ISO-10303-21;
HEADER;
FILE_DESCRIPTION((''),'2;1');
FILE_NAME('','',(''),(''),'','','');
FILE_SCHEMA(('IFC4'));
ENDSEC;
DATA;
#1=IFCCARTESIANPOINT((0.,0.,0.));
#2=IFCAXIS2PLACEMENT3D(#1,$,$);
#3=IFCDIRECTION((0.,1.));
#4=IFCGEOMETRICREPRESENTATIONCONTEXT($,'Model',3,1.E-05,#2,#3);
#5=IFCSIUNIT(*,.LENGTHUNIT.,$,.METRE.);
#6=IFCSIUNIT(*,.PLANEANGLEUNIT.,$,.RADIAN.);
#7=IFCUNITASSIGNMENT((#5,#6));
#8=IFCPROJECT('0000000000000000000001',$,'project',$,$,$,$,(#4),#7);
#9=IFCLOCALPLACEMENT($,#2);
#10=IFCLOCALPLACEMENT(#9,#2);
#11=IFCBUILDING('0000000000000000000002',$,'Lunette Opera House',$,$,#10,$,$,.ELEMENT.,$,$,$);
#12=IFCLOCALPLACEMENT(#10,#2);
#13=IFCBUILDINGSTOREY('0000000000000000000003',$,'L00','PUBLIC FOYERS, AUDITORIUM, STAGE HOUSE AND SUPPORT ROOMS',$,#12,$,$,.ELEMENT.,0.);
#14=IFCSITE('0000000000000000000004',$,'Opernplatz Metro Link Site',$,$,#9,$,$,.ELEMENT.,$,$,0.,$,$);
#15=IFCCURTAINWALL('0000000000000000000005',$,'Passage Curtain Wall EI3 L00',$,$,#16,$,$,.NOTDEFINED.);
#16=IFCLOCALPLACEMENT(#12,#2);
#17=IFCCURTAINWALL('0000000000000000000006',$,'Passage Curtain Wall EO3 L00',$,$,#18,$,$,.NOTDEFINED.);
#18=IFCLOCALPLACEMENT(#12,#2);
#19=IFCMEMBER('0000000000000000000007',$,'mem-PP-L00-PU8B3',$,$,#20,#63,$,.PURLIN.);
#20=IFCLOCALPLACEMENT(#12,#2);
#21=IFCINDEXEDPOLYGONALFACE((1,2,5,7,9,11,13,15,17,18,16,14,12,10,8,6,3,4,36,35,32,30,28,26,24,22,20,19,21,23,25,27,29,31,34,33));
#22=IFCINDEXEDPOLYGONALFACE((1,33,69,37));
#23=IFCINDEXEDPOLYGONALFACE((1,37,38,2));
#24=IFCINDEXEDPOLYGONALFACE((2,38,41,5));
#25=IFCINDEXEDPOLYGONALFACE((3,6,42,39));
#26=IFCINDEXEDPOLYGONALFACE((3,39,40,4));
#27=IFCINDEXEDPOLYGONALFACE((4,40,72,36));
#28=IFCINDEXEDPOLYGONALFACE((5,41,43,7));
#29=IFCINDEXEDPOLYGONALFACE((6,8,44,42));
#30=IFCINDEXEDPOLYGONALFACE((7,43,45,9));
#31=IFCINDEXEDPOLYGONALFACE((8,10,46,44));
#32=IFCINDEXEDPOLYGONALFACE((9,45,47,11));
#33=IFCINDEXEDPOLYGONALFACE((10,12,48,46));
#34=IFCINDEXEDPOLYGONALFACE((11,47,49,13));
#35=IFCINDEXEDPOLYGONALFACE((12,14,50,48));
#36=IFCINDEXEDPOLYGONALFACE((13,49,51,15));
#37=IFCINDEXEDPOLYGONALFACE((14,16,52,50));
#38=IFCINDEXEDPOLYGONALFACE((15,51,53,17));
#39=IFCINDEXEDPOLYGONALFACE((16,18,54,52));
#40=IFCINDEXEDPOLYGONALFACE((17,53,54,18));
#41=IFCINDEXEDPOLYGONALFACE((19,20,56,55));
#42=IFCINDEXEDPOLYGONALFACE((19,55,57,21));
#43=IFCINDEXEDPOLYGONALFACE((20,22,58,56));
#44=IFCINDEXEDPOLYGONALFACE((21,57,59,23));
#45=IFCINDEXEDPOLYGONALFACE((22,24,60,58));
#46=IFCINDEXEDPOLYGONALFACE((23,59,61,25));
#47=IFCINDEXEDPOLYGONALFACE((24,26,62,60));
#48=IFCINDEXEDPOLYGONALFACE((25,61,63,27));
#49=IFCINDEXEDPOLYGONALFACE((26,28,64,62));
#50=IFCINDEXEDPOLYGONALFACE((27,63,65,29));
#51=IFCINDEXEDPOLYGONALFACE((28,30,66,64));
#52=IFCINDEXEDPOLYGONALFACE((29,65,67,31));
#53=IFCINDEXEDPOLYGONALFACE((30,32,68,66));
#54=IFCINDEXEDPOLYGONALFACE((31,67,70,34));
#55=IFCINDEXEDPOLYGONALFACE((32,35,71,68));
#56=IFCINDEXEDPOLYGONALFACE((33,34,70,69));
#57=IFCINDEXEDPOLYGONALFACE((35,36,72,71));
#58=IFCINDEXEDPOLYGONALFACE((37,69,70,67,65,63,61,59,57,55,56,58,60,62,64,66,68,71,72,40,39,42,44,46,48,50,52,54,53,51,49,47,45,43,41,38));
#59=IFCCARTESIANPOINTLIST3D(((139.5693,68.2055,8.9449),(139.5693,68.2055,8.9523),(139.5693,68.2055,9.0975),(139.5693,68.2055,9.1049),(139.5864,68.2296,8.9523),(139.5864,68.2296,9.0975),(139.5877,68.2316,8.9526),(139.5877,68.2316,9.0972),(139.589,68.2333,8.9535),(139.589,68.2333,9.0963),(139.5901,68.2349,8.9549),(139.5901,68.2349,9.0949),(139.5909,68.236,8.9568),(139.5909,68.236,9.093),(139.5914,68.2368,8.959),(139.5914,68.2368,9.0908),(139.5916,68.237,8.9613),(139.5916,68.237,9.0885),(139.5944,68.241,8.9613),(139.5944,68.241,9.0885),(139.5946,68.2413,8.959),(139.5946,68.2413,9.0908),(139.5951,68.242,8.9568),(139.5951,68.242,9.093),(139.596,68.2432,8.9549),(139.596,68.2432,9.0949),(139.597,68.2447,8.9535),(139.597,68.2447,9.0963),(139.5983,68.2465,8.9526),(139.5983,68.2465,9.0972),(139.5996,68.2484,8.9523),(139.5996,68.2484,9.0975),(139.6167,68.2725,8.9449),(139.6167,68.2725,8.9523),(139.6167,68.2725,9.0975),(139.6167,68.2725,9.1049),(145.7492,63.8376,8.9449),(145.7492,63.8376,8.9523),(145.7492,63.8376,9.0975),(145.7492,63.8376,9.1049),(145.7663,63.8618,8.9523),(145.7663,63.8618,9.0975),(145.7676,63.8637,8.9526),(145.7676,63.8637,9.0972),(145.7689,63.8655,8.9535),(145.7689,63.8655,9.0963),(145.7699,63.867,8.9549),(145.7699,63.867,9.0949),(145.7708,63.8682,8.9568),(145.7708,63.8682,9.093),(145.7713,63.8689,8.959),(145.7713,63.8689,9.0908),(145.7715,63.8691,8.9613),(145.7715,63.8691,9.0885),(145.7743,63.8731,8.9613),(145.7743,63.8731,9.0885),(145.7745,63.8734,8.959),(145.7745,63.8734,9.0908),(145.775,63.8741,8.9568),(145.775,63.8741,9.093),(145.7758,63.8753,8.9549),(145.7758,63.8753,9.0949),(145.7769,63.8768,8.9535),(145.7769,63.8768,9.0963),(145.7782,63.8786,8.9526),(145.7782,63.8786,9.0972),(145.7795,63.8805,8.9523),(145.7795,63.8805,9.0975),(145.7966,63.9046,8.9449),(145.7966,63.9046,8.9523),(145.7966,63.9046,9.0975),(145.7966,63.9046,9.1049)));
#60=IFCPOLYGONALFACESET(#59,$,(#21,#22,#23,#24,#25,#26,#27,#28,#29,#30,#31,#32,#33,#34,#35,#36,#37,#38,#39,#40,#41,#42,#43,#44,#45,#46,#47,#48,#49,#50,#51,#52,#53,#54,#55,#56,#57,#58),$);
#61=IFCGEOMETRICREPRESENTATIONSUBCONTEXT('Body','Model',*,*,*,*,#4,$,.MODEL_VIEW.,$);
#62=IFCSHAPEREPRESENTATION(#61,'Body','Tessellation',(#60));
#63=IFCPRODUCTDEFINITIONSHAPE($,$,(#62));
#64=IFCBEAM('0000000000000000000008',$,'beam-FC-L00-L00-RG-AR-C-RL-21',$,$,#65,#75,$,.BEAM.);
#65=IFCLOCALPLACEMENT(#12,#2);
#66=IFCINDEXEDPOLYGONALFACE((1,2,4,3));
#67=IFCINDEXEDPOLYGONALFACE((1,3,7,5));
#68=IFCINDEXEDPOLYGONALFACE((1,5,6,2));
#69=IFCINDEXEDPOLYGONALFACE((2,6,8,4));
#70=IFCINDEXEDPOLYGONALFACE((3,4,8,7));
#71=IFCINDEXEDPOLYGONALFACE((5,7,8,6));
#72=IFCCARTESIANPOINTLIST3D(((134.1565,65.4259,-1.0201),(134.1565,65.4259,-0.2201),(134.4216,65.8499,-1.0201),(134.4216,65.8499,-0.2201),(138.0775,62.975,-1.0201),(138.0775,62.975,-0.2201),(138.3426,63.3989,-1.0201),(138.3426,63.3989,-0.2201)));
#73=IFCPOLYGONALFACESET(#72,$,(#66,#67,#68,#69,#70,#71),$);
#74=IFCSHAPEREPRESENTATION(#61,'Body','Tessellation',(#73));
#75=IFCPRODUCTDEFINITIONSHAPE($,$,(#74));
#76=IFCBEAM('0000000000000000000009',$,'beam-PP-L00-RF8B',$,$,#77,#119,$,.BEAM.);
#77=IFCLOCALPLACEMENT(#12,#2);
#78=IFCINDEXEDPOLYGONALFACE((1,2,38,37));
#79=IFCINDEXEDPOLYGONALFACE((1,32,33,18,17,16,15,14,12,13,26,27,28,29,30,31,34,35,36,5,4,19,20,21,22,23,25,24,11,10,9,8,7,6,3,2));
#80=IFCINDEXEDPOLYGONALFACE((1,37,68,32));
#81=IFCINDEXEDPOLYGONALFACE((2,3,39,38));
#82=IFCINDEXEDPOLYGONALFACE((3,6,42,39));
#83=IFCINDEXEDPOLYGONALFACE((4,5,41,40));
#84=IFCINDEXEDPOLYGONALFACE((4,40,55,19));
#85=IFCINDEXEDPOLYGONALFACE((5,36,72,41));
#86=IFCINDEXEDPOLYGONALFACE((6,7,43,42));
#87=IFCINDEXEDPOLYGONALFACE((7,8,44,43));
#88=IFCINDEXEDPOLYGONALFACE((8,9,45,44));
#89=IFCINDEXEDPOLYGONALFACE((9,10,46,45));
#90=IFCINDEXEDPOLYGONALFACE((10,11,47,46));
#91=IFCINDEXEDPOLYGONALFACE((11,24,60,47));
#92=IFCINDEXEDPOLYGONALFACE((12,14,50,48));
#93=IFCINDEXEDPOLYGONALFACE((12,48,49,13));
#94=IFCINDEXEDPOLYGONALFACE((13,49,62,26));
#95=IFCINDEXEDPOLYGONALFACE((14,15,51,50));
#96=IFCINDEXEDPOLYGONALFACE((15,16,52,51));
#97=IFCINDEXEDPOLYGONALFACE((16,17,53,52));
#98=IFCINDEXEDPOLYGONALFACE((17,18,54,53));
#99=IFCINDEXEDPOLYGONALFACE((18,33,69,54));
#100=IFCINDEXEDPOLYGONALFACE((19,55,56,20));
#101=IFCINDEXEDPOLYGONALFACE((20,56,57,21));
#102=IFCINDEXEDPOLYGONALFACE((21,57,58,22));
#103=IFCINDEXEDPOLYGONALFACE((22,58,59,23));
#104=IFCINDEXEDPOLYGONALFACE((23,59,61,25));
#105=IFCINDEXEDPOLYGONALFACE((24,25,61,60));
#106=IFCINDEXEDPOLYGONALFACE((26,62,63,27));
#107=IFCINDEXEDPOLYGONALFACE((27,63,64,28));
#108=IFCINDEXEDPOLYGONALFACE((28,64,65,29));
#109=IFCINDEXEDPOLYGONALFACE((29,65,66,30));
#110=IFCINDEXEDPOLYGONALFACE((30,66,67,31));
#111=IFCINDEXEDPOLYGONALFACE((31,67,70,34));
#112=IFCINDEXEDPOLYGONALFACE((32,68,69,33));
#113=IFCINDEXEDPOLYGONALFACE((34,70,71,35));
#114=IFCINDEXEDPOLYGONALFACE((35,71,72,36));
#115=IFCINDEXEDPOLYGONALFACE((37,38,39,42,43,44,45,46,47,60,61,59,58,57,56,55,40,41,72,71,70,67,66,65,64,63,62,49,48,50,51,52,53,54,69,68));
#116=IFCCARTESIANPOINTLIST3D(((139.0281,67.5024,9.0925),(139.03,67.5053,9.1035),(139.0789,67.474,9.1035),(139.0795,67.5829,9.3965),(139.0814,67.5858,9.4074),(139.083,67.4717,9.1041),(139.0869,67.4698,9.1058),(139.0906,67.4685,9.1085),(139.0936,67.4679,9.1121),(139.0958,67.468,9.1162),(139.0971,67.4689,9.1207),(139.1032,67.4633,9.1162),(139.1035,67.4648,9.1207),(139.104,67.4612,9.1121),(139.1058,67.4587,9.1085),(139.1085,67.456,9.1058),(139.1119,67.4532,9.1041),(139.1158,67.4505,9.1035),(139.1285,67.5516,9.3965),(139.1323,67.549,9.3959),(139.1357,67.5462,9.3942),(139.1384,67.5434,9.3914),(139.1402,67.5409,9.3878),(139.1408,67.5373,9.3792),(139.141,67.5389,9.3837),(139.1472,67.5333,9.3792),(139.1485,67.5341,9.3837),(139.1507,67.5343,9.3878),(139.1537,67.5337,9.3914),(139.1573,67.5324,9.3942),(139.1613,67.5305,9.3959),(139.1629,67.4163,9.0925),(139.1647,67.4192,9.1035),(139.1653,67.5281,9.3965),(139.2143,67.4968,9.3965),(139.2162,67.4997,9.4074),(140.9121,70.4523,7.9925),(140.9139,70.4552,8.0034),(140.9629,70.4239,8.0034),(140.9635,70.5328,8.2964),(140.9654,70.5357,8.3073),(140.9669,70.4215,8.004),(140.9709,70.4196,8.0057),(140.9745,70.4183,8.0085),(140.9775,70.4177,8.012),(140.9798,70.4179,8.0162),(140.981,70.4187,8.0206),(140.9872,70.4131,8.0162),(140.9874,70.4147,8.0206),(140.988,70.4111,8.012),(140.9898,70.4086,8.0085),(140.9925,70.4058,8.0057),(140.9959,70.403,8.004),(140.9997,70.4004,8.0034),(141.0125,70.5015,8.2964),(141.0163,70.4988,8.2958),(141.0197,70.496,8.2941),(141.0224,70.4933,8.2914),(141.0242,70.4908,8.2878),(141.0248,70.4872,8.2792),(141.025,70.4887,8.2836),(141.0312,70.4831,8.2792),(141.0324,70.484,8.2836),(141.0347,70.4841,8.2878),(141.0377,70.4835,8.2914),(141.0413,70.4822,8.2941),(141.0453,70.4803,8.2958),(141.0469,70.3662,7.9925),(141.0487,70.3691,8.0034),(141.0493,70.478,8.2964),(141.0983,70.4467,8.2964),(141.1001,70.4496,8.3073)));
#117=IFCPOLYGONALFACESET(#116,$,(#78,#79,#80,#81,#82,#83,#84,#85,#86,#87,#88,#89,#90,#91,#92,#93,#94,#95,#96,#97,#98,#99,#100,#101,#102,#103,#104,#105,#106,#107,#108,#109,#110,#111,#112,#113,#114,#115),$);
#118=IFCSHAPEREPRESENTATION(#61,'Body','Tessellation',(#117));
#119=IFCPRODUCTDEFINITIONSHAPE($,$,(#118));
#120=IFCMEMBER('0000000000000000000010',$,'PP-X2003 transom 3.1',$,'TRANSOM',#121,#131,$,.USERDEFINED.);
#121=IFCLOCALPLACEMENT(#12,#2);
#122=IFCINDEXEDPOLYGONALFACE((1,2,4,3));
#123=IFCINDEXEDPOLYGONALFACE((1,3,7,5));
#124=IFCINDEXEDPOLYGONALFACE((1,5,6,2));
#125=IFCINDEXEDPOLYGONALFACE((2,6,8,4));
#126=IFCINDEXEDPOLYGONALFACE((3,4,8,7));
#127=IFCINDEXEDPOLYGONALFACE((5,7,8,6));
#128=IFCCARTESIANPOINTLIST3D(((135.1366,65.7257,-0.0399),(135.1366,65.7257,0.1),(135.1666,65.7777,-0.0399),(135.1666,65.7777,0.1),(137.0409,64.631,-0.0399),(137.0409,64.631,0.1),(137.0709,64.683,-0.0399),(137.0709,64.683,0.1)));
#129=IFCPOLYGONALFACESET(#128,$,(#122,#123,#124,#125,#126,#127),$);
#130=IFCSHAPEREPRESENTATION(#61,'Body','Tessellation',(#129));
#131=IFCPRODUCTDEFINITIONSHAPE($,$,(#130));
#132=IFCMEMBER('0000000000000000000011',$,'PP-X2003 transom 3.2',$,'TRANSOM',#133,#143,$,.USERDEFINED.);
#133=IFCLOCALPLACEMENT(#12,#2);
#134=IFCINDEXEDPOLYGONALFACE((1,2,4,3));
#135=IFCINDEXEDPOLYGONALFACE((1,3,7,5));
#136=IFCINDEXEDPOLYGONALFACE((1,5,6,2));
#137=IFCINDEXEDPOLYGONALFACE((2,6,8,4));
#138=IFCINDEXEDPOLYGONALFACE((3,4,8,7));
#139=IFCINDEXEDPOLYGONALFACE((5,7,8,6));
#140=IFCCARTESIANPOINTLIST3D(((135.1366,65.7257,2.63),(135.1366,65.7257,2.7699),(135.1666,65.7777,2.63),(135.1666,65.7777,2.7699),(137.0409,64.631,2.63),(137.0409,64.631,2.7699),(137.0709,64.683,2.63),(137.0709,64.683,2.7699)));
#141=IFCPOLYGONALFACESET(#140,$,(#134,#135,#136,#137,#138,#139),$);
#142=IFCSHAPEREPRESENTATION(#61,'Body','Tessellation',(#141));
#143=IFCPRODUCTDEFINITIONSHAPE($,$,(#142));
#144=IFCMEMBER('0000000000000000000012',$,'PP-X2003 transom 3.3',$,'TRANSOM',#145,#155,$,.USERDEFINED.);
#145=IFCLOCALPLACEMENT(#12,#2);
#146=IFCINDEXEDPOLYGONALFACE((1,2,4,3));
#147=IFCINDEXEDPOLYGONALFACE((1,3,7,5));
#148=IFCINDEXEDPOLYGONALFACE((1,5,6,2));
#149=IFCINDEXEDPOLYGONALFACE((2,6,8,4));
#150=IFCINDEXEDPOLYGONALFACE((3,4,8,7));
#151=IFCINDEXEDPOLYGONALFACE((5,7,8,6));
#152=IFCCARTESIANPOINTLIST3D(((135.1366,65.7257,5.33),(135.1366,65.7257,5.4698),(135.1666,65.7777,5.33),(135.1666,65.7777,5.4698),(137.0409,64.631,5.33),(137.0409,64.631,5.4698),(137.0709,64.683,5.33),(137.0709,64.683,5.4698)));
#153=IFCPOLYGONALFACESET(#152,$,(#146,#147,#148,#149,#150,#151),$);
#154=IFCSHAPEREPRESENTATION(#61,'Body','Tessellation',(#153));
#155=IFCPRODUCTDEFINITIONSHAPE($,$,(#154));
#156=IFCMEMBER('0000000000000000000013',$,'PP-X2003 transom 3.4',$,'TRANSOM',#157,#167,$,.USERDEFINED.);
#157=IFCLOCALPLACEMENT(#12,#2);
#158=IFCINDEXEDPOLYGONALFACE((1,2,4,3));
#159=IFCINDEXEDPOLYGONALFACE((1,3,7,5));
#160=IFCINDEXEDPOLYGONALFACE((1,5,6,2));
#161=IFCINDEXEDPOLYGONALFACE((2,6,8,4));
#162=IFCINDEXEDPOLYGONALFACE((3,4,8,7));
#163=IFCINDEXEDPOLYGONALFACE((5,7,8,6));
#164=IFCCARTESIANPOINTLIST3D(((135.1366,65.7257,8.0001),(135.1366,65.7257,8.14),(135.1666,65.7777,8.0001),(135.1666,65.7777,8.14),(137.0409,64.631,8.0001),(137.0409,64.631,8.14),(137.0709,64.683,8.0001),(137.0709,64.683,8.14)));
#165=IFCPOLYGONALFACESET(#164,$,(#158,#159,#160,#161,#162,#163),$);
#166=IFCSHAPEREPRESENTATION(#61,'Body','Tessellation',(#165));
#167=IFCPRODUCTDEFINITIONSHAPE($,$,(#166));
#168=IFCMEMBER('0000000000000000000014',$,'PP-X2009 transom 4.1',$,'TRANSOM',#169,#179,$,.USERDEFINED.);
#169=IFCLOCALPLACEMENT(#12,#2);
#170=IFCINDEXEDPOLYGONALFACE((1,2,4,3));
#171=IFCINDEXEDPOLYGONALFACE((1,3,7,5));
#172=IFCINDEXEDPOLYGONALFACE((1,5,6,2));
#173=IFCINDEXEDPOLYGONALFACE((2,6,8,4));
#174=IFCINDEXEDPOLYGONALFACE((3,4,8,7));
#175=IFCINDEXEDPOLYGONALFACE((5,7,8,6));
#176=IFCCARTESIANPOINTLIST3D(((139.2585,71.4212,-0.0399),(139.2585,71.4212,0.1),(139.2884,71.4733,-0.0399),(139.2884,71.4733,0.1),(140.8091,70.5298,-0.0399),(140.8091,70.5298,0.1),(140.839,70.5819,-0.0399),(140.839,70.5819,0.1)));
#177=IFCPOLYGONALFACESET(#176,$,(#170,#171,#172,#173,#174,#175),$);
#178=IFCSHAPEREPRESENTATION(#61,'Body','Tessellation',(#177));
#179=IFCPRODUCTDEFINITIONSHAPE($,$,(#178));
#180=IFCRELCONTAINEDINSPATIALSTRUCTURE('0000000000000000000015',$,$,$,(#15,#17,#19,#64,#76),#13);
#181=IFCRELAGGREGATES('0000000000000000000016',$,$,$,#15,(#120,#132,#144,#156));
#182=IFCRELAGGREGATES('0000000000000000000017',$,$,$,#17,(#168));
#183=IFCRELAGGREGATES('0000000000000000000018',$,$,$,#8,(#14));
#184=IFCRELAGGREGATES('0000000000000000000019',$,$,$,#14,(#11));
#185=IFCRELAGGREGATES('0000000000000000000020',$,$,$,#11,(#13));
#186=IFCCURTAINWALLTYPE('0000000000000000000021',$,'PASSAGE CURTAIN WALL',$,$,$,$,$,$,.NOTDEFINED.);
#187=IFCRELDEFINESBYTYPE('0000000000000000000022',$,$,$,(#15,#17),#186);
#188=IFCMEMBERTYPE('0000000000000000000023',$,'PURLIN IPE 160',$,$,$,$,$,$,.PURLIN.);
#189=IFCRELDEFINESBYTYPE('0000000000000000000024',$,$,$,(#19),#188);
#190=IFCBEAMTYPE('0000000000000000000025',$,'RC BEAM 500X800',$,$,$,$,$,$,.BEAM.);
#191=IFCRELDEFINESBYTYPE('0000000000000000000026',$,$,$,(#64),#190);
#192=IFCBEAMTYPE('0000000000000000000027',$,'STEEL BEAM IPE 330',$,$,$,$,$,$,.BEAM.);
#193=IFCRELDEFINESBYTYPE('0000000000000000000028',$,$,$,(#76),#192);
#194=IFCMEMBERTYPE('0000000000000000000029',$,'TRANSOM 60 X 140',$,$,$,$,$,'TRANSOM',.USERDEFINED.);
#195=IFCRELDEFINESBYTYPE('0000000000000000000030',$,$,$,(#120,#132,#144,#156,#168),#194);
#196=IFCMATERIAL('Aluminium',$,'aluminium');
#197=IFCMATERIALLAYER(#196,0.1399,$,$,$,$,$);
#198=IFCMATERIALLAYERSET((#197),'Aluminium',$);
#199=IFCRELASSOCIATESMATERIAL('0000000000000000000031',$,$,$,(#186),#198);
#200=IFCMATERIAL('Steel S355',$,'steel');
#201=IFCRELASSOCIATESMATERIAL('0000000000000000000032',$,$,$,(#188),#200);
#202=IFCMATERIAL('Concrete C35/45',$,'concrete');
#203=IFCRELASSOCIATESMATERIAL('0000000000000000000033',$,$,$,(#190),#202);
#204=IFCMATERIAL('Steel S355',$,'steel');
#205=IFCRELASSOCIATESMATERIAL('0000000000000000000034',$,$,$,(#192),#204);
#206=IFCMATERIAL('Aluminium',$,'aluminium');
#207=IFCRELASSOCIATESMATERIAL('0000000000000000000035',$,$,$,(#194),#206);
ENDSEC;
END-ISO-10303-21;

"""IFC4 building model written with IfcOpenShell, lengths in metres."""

from ifc_helpers import new_model, si_unit, direction, frame, origin, origin_2d, place, context, subcontext, project, spatial, rectangle, i_section, extrude, material, layer, layer_set, material_profile, profile_set, type_object, element, aggregate, save


model = new_model("IFC4")

# Units and contexts
model_context = context("Model", 3, precision=1e-05, world=origin(), true_north=direction((0.0, 1.0)))
body_context = subcontext(model_context, "Body", "Model", "MODEL_VIEW")
ifc_project = project(units=[si_unit("LENGTHUNIT", "METRE"), si_unit("PLANEANGLEUNIT", "RADIAN")], contexts=[model_context])

# Site, building, storey
site_placement = place(None, origin())
site = spatial("IfcSite", under=ifc_project, at=site_placement, Name="Opernplatz Metro Link Site", CompositionType="ELEMENT", RefElevation=0.0)
building_placement = place(site_placement, origin())
building = spatial("IfcBuilding", under=site, at=building_placement, Name="Lunette Opera House", CompositionType="ELEMENT")
storey_placement = place(building_placement, origin())
storey = spatial("IfcBuildingStorey", under=building, at=storey_placement, Name="L00", Description="PUBLIC FOYERS, AUDITORIUM, STAGE HOUSE AND SUPPORT ROOMS", CompositionType="ELEMENT", Elevation=0.0)

# Curtain wall
ifc_material_1 = material(Name="Aluminium", Category="aluminium")
ifc_layer_1 = layer(ifc_material_1, 0.1399)
ifc_layer_set_1 = layer_set([ifc_layer_1], Name="Aluminium")
curtain_wall_type = type_object("IfcCurtainWallType", Name="PASSAGE CURTAIN WALL", PredefinedType="NOTDEFINED", material=ifc_layer_set_1)
curtain_wall_1_placement = place(storey_placement, origin())
curtain_wall_1 = element("IfcCurtainWall", 1, at=curtain_wall_1_placement, inside=storey, type_object=curtain_wall_type, Name="Passage Curtain Wall EI3 L00", PredefinedType="NOTDEFINED")

# Curtain wall
curtain_wall_2_placement = place(storey_placement, origin())
curtain_wall_2 = element("IfcCurtainWall", 2, at=curtain_wall_2_placement, inside=storey, type_object=curtain_wall_type, Name="Passage Curtain Wall EO3 L00", PredefinedType="NOTDEFINED")

# Member
ifc_material_2 = material(Name="Steel S355", Category="steel")
ifc_material_profile_1 = material_profile(ifc_material_2, i_section(OverallWidth=0.082, OverallDepth=0.1599, WebThickness=0.0049, FlangeThickness=0.0073, FilletRadius=0.009, at=origin_2d()), Name="IPE 160")
ifc_profile_set_1 = profile_set([ifc_material_profile_1], Name="Steel S355")
member_type_1 = type_object("IfcMemberType", Name="PURLIN IPE 160", PredefinedType="PURLIN", material=ifc_profile_set_1)
member_1_placement = place(storey_placement, frame((139.593, 68.239, 9.0249), z_axis=(0.816618, -0.577178, 0.0), x_axis=(0.577178, 0.816618, 0.0)))
element("IfcMember", 3, at=member_1_placement, inside=storey, type_object=member_type_1, Name="mem-PP-L00-PU8B3", PredefinedType="PURLIN", context=body_context, shape_type="SweptSolid", body=[
    extrude(i_section(OverallWidth=0.082, OverallDepth=0.1599, WebThickness=0.0049, FlangeThickness=0.0073, FilletRadius=0.009, at=origin_2d()), origin(), (0.0, 0.0, 1.0), 7.5676),
])

# Beams
ifc_material_3 = material(Name="Concrete C35/45", Category="concrete")
ifc_material_profile_2 = material_profile(ifc_material_3, rectangle(XDim=0.5, YDim=0.8, at=origin_2d()), Name="RC BEAM 500X800")
ifc_profile_set_2 = profile_set([ifc_material_profile_2], Name="Concrete C35/45")
beam_type_1 = type_object("IfcBeamType", Name="RC BEAM 500X800", PredefinedType="BEAM", material=ifc_profile_set_2)
beam_1_placement = place(storey_placement, frame((134.2891, 65.6379, -0.6201), z_axis=(0.847963, -0.530056, 0.0), x_axis=(0.530056, 0.847963, 0.0)))
element("IfcBeam", 4, at=beam_1_placement, inside=storey, type_object=beam_type_1, Name="beam-FC-L00-L00-RG-AR-C-RL-21", PredefinedType="BEAM", context=body_context, shape_type="SweptSolid", body=[
    extrude(rectangle(XDim=0.5, YDim=0.8, at=origin_2d()), origin(), (0.0, 0.0, 1.0), 4.624),
])
ifc_material_4 = material(Name="Steel S355", Category="steel")
ifc_material_profile_3 = material_profile(ifc_material_4, i_section(OverallWidth=0.1599, OverallDepth=0.3301, WebThickness=0.0076, FlangeThickness=0.0115, FilletRadius=0.0181, at=origin_2d()), Name="IPE 330")
ifc_profile_set_3 = profile_set([ifc_material_profile_3], Name="Steel S355")
beam_type_2 = type_object("IfcBeamType", Name="STEEL BEAM IPE 330", PredefinedType="BEAM", material=ifc_profile_set_3)
beam_2_placement = place(storey_placement, frame((141.0061, 70.4509, 8.1499), z_axis=(-0.513492, -0.804007, 0.299831), x_axis=(0.842782, -0.538256, 0.0)))
element("IfcBeam", 5, at=beam_2_placement, inside=storey, type_object=beam_type_2, Name="beam-PP-L00-RF8B", PredefinedType="BEAM", context=body_context, shape_type="SweptSolid", body=[
    extrude(i_section(OverallWidth=0.1599, OverallDepth=0.3301, WebThickness=0.0076, FlangeThickness=0.0115, FilletRadius=0.0181, at=origin_2d()), origin(), (0.0, 0.0, 1.0), 3.6689),
])

# Members
ifc_material_5 = material(Name="Aluminium", Category="aluminium")
ifc_material_profile_4 = material_profile(ifc_material_5, rectangle(XDim=0.0601, YDim=0.1399, at=origin_2d()), Name="TRANSOM 60 X 140")
ifc_profile_set_4 = profile_set([ifc_material_profile_4], Name="Aluminium")
member_type_2 = type_object("IfcMemberType", Name="TRANSOM 60 X 140", ElementType="TRANSOM", PredefinedType="USERDEFINED", material=ifc_profile_set_4)
member_2_placement = place(storey_placement, frame((135.1516, 65.7517, 0.03), z_axis=(0.866954, -0.498388, 0.0), x_axis=(0.498388, 0.866954, 0.0)))
member_2 = element("IfcMember", 6, at=member_2_placement, type_object=member_type_2, Name="PP-X2003 transom 3.1", ObjectType="TRANSOM", PredefinedType="USERDEFINED", context=body_context, shape_type="SweptSolid", body=[
    extrude(rectangle(XDim=0.0601, YDim=0.1399, at=origin_2d()), origin(), (0.0, 0.0, 1.0), 2.1965),
])
member_3_placement = place(storey_placement, frame((135.1516, 65.7517, 2.7), z_axis=(0.866954, -0.498388, 0.0), x_axis=(0.498388, 0.866954, 0.0)))
member_3 = element("IfcMember", 7, at=member_3_placement, type_object=member_type_2, Name="PP-X2003 transom 3.2", ObjectType="TRANSOM", PredefinedType="USERDEFINED", context=body_context, shape_type="SweptSolid", body=[
    extrude(rectangle(XDim=0.0601, YDim=0.1399, at=origin_2d()), origin(), (0.0, 0.0, 1.0), 2.1965),
])
member_4_placement = place(storey_placement, frame((135.1516, 65.7517, 5.3999), z_axis=(0.866954, -0.498388, 0.0), x_axis=(0.498388, 0.866954, 0.0)))
member_4 = element("IfcMember", 8, at=member_4_placement, type_object=member_type_2, Name="PP-X2003 transom 3.3", ObjectType="TRANSOM", PredefinedType="USERDEFINED", context=body_context, shape_type="SweptSolid", body=[
    extrude(rectangle(XDim=0.0601, YDim=0.1399, at=origin_2d()), origin(), (0.0, 0.0, 1.0), 2.1965),
])
member_5_placement = place(storey_placement, frame((135.1516, 65.7517, 8.0701), z_axis=(0.866954, -0.498388, 0.0), x_axis=(0.498388, 0.866954, 0.0)))
member_5 = element("IfcMember", 9, at=member_5_placement, type_object=member_type_2, Name="PP-X2003 transom 3.4", ObjectType="TRANSOM", PredefinedType="USERDEFINED", context=body_context, shape_type="SweptSolid", body=[
    extrude(rectangle(XDim=0.0601, YDim=0.1399, at=origin_2d()), origin(), (0.0, 0.0, 1.0), 2.1965),
])
member_6_placement = place(storey_placement, frame((139.2734, 71.4473, 0.03), z_axis=(0.866955, -0.498386, 0.0), x_axis=(0.498386, 0.866955, 0.0)))
member_6 = element("IfcMember", 10, at=member_6_placement, type_object=member_type_2, Name="PP-X2009 transom 4.1", ObjectType="TRANSOM", PredefinedType="USERDEFINED", context=body_context, shape_type="SweptSolid", body=[
    extrude(rectangle(XDim=0.0601, YDim=0.1399, at=origin_2d()), origin(), (0.0, 0.0, 1.0), 1.7886),
])

aggregate(curtain_wall_1, [member_2, member_3, member_4, member_5])
aggregate(curtain_wall_2, [member_6])

save(model, "model.ifc")
